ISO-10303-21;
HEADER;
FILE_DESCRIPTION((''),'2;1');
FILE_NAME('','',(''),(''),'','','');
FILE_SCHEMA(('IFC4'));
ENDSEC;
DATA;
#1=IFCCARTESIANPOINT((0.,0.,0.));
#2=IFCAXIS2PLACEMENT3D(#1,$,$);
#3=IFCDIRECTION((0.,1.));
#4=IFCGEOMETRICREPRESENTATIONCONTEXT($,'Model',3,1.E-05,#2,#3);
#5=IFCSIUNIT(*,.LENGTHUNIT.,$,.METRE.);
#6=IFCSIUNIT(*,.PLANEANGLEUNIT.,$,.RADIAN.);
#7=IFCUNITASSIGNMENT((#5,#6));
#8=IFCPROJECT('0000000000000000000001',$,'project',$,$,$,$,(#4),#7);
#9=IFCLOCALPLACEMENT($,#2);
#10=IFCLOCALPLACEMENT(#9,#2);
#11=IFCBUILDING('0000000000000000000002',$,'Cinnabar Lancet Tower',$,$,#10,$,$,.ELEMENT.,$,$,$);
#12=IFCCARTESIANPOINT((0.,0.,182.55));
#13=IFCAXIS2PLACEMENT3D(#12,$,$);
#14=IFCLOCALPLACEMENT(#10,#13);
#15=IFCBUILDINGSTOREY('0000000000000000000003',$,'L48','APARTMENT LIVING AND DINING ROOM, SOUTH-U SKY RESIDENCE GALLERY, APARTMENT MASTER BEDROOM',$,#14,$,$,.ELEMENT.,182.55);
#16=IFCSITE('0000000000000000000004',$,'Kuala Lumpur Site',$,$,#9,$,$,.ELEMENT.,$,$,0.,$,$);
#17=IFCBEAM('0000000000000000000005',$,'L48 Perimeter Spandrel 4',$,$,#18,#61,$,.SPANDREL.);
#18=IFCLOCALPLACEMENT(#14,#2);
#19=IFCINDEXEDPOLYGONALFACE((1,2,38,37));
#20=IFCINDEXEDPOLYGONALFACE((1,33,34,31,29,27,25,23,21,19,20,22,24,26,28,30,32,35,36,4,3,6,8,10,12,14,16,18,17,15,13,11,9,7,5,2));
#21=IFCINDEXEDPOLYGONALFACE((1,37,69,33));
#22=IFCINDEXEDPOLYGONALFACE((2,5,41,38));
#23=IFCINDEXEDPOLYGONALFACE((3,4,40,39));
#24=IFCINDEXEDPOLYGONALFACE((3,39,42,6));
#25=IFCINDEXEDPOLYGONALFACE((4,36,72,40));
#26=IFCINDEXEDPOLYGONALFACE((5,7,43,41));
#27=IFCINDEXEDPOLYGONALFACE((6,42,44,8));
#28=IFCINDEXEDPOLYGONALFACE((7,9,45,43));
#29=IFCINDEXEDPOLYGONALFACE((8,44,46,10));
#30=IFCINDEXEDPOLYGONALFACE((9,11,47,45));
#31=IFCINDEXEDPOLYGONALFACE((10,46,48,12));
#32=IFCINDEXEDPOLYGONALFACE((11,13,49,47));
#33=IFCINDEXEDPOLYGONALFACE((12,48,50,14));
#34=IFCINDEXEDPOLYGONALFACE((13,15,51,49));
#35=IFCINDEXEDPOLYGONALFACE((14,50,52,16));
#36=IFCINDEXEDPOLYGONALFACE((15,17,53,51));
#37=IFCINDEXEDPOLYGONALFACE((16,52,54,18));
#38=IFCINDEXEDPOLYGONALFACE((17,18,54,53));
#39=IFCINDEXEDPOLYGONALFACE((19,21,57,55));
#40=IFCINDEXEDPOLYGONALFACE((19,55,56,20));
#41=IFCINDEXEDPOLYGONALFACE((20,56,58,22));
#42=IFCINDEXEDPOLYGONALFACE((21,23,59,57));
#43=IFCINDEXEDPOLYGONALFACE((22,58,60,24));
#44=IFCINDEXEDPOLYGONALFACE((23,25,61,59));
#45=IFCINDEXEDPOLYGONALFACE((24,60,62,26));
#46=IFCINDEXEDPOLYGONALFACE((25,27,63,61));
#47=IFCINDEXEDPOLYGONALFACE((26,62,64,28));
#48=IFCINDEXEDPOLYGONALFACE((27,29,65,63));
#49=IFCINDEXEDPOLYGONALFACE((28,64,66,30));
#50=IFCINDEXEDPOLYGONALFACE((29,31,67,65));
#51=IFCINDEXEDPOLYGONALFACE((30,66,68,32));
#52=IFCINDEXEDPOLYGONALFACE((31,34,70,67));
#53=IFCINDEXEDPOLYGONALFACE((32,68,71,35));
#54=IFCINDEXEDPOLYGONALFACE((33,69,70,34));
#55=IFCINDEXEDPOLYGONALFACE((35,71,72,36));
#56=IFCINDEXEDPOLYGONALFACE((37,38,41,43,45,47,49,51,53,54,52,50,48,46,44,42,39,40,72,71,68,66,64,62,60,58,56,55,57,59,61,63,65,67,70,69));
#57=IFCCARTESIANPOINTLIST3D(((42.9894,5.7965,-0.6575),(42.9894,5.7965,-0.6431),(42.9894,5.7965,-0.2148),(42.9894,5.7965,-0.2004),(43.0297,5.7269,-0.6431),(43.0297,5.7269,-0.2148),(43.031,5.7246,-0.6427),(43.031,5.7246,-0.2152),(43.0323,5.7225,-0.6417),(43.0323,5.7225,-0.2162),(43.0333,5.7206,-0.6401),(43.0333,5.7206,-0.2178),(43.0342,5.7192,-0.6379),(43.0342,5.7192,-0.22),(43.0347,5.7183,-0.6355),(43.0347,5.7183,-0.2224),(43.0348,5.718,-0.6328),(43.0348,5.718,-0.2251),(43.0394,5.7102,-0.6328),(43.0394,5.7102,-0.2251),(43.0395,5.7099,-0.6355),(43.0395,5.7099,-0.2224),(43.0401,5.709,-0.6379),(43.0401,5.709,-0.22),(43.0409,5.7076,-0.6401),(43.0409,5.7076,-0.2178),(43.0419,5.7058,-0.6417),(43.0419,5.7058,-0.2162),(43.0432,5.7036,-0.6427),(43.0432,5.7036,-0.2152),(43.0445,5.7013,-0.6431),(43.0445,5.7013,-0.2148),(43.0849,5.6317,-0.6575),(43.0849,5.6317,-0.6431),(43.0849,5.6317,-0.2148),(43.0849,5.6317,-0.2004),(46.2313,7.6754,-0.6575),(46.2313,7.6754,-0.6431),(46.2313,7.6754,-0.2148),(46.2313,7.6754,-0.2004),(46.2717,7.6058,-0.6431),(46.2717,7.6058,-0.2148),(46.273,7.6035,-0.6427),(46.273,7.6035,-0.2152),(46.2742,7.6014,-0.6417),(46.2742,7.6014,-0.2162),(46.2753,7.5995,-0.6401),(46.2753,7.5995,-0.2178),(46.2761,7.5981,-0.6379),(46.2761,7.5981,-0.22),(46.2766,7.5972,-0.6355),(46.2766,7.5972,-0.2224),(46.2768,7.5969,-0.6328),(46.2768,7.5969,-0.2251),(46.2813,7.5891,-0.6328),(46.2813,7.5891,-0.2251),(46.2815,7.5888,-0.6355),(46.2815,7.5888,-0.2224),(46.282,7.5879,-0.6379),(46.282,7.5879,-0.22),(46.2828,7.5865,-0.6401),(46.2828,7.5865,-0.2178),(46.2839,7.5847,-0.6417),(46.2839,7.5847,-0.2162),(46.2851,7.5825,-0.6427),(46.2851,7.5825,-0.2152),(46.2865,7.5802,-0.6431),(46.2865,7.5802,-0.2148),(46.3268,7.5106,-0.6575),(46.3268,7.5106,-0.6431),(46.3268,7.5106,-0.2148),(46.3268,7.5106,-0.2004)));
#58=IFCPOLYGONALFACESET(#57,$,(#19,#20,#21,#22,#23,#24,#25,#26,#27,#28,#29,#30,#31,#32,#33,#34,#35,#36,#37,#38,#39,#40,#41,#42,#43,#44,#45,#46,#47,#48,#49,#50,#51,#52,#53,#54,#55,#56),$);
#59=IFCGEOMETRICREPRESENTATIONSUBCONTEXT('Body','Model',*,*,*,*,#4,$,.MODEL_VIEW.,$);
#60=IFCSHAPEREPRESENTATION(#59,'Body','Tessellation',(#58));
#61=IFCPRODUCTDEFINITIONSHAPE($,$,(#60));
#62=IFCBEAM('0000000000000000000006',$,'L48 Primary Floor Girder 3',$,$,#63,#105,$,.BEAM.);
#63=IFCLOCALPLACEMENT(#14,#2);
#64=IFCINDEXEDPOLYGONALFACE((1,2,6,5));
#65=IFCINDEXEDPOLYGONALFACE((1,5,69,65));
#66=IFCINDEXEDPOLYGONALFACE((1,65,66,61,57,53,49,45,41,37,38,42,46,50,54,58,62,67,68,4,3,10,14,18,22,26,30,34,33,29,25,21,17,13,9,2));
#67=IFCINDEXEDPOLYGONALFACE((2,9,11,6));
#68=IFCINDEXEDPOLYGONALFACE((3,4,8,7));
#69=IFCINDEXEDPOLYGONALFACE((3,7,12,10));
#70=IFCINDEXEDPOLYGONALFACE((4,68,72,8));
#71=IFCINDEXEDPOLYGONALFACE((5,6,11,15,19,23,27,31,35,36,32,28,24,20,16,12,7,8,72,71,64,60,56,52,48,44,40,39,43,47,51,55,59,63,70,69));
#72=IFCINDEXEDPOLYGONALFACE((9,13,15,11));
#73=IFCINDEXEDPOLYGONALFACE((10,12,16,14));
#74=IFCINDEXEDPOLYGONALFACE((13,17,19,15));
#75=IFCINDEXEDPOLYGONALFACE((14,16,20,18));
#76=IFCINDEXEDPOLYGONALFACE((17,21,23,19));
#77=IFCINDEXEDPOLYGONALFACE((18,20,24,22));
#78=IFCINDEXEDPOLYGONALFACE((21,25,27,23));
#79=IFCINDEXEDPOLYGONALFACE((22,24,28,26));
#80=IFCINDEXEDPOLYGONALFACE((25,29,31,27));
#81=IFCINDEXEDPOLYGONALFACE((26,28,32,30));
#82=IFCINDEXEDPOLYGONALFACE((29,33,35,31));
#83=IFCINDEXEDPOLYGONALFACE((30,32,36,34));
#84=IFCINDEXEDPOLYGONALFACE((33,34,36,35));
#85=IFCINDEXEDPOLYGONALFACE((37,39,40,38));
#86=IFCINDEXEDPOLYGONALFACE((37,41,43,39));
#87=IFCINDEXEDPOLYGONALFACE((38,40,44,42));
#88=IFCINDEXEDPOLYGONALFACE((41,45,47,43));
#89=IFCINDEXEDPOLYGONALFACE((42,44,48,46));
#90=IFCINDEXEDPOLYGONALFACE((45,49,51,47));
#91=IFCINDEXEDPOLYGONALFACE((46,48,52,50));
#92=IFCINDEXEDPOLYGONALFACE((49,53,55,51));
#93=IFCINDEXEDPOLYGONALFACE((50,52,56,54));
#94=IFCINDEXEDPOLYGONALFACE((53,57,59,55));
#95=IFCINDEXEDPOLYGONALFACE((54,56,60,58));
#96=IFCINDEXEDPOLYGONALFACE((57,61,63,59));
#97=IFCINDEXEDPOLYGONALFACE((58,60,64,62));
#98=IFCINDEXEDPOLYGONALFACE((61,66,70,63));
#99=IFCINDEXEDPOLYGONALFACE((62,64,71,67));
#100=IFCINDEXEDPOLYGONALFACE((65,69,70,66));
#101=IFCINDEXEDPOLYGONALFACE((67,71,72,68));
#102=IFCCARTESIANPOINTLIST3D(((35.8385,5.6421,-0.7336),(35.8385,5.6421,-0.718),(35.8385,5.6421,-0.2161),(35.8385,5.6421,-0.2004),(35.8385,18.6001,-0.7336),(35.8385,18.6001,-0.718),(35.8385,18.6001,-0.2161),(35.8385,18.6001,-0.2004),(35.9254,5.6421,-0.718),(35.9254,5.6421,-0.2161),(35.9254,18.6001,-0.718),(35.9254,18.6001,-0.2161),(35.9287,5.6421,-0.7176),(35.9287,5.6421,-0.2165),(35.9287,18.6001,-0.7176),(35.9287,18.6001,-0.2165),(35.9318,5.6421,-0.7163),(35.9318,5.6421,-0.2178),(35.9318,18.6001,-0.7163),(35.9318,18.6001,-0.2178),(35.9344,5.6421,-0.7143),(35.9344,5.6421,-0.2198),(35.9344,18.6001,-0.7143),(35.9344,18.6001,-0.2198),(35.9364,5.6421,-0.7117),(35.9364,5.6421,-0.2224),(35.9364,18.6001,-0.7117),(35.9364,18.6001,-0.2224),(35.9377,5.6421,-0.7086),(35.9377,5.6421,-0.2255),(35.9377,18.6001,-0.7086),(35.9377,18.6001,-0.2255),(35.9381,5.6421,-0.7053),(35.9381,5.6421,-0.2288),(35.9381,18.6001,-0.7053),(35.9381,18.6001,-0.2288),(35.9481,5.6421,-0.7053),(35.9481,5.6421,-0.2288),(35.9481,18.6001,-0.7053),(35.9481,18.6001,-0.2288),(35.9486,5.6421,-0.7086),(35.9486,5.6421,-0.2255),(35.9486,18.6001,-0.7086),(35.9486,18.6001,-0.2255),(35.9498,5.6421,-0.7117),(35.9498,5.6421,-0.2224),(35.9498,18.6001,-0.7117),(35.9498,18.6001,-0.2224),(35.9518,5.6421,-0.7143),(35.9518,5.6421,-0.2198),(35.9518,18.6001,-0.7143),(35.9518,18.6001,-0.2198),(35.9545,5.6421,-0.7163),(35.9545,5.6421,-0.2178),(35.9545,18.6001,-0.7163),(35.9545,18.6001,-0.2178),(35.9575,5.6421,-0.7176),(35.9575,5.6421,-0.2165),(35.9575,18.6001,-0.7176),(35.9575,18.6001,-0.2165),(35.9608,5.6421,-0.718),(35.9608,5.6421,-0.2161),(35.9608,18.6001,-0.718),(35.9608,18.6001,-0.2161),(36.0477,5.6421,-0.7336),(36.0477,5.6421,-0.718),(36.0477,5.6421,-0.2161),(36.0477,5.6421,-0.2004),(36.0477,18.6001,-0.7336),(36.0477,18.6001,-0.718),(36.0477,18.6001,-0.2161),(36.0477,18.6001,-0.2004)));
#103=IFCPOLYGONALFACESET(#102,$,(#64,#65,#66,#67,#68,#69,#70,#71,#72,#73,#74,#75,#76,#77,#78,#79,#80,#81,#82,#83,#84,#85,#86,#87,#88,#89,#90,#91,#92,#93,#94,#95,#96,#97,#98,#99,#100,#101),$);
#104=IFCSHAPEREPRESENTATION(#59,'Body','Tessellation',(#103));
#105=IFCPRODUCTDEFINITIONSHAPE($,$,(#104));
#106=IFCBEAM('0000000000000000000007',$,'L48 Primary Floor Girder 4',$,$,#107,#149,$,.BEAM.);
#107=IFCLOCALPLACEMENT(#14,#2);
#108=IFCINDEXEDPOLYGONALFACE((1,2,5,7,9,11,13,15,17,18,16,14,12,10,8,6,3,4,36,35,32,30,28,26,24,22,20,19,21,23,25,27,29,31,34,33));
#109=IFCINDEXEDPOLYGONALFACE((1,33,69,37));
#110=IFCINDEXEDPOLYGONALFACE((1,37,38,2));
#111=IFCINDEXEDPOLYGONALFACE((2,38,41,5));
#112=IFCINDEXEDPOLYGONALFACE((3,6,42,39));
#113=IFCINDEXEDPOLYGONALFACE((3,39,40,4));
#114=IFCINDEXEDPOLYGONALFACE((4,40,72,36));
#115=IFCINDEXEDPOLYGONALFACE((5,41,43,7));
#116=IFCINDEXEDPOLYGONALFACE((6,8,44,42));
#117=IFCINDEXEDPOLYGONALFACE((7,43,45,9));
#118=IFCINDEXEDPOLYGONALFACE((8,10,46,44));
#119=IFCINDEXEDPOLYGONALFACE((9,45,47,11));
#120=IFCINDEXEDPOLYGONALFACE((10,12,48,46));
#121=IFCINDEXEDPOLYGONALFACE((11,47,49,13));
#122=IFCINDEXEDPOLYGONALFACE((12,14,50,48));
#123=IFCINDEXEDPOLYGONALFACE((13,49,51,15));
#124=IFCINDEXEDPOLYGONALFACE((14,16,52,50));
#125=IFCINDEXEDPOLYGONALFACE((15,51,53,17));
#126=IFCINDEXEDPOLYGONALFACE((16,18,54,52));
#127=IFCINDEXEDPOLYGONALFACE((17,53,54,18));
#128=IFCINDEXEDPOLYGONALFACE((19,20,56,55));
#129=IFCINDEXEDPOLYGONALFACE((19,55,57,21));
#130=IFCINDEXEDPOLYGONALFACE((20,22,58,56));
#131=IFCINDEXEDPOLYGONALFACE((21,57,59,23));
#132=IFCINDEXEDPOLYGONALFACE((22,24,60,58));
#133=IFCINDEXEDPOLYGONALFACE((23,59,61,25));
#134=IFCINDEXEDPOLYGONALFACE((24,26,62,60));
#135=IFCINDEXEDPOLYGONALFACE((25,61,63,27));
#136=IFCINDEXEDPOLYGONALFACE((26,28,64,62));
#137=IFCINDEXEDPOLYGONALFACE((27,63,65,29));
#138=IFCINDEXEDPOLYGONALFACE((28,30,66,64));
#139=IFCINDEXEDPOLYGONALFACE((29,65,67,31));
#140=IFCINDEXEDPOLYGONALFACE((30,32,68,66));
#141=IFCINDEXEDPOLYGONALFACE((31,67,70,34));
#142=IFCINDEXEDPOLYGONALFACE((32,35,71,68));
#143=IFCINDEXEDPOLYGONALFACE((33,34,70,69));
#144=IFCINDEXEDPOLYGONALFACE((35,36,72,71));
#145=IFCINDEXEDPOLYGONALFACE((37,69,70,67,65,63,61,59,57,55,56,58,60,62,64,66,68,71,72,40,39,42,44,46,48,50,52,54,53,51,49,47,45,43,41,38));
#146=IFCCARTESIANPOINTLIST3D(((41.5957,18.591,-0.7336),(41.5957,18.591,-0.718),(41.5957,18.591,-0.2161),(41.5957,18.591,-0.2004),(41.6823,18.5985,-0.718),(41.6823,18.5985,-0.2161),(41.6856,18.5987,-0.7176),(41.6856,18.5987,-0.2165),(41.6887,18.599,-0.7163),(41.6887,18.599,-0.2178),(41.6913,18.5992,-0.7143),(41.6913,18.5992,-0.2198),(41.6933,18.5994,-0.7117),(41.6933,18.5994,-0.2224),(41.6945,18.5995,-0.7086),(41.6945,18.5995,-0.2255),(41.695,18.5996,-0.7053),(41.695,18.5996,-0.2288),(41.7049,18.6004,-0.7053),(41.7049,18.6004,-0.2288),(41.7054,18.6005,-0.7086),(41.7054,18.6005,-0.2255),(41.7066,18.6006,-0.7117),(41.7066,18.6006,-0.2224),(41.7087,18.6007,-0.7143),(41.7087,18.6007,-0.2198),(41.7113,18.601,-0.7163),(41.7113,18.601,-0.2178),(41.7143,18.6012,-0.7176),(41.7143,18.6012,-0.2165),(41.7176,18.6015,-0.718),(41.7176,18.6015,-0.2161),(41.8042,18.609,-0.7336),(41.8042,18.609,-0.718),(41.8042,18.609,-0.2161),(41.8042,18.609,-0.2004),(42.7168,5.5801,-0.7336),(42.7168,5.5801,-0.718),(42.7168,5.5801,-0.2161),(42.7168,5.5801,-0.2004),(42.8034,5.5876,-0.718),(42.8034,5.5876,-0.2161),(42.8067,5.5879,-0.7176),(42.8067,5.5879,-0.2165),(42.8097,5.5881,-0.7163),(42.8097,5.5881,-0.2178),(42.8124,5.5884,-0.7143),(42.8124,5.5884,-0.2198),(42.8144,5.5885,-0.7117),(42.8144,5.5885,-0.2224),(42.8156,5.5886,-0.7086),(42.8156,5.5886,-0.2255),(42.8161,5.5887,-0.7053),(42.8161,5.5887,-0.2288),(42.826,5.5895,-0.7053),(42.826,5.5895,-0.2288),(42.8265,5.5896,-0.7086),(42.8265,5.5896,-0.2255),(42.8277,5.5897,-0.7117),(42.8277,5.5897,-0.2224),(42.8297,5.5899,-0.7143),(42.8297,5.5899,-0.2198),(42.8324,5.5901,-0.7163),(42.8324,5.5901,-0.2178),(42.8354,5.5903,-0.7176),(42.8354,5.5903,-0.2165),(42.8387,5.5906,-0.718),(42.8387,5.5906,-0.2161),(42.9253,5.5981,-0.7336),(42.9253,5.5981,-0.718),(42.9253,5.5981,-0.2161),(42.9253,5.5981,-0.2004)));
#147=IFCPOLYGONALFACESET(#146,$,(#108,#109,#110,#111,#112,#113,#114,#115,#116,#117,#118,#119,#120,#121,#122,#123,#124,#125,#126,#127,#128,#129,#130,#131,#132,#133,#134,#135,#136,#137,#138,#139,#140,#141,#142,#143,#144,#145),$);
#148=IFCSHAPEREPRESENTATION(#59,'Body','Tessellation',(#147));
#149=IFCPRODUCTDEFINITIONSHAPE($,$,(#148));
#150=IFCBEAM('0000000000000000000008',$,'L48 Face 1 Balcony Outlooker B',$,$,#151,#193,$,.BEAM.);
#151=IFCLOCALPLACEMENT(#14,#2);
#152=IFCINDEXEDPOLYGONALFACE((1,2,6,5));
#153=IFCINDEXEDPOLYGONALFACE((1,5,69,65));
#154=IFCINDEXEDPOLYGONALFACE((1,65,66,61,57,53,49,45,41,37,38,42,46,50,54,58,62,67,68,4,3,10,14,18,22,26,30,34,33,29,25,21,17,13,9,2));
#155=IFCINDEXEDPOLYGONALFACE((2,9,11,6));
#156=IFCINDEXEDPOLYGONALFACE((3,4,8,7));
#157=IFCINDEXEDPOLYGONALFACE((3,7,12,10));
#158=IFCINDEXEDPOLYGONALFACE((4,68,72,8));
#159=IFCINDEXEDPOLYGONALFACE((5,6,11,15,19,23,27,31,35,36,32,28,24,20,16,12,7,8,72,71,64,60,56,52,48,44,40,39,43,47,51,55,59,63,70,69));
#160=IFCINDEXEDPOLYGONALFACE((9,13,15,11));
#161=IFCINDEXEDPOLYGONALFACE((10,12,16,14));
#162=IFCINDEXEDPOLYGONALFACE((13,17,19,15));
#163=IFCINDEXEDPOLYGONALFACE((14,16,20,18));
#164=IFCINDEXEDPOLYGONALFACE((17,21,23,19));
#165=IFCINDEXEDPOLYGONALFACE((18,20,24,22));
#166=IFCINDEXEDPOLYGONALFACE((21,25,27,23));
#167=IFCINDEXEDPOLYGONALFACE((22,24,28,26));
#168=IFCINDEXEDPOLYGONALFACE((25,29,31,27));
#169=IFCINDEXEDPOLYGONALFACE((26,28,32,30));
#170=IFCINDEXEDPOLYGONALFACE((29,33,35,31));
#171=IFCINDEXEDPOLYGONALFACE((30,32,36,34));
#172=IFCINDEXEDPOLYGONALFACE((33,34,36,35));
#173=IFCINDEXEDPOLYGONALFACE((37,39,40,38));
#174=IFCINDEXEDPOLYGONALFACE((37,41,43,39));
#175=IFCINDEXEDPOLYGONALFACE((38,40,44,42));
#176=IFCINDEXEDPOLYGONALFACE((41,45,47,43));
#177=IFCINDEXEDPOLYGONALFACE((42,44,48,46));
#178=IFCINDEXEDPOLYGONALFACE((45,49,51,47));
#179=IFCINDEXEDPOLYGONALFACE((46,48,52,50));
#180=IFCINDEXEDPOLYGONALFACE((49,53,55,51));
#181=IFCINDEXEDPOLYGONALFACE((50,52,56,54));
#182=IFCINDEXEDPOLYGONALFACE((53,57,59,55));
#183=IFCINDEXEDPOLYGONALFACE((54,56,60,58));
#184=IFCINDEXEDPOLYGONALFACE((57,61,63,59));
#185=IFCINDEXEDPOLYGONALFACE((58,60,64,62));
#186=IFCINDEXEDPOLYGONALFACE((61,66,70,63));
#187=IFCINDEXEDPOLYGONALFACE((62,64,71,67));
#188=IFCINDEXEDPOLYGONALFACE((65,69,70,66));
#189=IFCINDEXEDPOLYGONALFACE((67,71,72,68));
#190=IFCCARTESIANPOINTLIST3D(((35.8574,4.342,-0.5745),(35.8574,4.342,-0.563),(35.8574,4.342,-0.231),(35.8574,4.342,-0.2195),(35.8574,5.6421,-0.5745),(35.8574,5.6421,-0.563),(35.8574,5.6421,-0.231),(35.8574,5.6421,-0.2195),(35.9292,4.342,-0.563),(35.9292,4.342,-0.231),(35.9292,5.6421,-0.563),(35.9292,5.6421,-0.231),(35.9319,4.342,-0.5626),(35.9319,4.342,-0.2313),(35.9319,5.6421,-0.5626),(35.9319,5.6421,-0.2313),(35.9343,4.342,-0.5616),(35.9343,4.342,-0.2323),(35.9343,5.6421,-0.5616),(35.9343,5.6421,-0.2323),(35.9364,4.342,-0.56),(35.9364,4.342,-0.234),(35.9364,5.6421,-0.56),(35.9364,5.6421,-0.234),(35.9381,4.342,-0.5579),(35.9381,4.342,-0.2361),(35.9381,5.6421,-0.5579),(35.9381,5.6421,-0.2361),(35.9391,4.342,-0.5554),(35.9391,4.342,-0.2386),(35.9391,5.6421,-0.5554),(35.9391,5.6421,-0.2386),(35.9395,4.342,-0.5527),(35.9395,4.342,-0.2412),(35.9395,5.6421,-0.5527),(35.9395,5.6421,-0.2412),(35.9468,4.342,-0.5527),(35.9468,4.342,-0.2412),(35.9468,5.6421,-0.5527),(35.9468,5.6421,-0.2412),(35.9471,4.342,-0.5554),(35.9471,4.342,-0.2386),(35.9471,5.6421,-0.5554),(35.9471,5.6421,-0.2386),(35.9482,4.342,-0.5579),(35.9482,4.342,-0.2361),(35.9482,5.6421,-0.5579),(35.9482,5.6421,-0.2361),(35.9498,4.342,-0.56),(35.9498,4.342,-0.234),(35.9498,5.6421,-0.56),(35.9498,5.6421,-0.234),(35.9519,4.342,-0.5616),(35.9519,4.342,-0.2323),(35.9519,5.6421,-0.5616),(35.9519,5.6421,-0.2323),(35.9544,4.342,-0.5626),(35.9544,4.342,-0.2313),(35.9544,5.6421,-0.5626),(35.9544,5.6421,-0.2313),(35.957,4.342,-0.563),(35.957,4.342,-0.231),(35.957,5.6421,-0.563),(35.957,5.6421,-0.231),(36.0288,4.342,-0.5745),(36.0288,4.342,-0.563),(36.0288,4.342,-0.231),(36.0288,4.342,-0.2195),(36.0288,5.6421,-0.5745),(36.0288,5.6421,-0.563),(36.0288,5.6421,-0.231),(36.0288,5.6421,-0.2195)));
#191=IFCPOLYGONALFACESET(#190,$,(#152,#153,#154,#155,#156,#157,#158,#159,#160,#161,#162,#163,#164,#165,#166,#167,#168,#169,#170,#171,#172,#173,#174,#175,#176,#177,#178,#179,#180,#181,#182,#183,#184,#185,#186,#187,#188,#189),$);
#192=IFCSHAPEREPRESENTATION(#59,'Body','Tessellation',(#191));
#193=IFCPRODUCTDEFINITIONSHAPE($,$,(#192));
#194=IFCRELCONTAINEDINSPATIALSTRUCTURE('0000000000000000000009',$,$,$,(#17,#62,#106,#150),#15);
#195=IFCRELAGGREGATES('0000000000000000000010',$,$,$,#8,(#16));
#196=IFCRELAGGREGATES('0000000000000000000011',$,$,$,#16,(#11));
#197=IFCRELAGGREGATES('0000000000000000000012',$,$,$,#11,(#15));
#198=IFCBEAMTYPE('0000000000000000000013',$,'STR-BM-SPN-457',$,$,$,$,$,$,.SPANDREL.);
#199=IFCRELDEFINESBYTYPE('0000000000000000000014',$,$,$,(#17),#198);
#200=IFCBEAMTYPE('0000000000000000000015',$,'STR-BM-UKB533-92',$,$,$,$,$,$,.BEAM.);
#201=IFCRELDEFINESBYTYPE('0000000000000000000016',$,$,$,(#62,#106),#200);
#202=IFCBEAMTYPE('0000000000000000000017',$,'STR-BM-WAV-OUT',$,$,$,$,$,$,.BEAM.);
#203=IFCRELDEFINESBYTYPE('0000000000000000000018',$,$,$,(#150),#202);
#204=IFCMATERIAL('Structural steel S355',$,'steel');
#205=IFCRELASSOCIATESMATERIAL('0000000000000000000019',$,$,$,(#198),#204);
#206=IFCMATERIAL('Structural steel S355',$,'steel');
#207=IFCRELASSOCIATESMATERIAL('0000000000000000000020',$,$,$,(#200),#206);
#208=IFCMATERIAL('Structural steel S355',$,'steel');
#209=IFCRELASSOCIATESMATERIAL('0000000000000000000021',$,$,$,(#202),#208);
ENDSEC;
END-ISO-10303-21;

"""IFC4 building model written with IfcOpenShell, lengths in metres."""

from ifc_helpers import new_model, si_unit, direction, frame, origin, origin_2d, place, context, subcontext, project, spatial, i_section, extrude, material, material_profile, profile_set, type_object, element, save


model = new_model("IFC4")

# Units and contexts
model_context = context("Model", 3, precision=1e-05, world=origin(), true_north=direction((0.0, 1.0)))
body_context = subcontext(model_context, "Body", "Model", "MODEL_VIEW")
ifc_project = project(units=[si_unit("LENGTHUNIT", "METRE"), si_unit("PLANEANGLEUNIT", "RADIAN")], contexts=[model_context])

# Site, building, storey
site_placement = place(None, origin())
site = spatial("IfcSite", under=ifc_project, at=site_placement, Name="Kuala Lumpur Site", CompositionType="ELEMENT", RefElevation=0.0)
building_placement = place(site_placement, origin())
building = spatial("IfcBuilding", under=site, at=building_placement, Name="Cinnabar Lancet Tower", CompositionType="ELEMENT")
storey_placement = place(building_placement, frame((0.0, 0.0, 182.55)))
storey = spatial("IfcBuildingStorey", under=building, at=storey_placement, Name="L48", Description="APARTMENT LIVING AND DINING ROOM, SOUTH-U SKY RESIDENCE GALLERY, APARTMENT MASTER BEDROOM", CompositionType="ELEMENT", Elevation=182.55)

# Beams
ifc_material_1 = material(Name="Structural steel S355", Category="steel")
ifc_material_profile_1 = material_profile(ifc_material_1, i_section(OverallWidth=0.1904, OverallDepth=0.457, WebThickness=0.009, FlangeThickness=0.0144, FilletRadius=0.0103, at=origin_2d()), Name="UKB 457x191x74")
ifc_profile_set_1 = profile_set([ifc_material_profile_1], Name="Structural steel S355")
beam_type_1 = type_object("IfcBeamType", Name="STR-BM-SPN-457", PredefinedType="SPANDREL", material=ifc_profile_set_1)
beam_1_placement = place(storey_placement, frame((43.0371, 5.7141, -0.429), z_axis=(0.865196, 0.501434, 0.0), x_axis=(-0.501434, 0.865196, 0.0)))
element("IfcBeam", 1, at=beam_1_placement, inside=storey, type_object=beam_type_1, Name="L48 Perimeter Spandrel 4", PredefinedType="SPANDREL", context=body_context, shape_type="SweptSolid", body=[
    extrude(i_section(OverallWidth=0.1904, OverallDepth=0.457, WebThickness=0.009, FlangeThickness=0.0144, FilletRadius=0.0103, at=origin_2d()), origin(), (0.0, 0.0, 1.0), 3.7471),
])
ifc_material_2 = material(Name="Structural steel S355", Category="steel")
ifc_material_profile_2 = material_profile(ifc_material_2, i_section(OverallWidth=0.2092, OverallDepth=0.5332, WebThickness=0.01, FlangeThickness=0.0156, FilletRadius=0.0127, at=origin_2d()), Name="UKB 533x210x92")
ifc_profile_set_2 = profile_set([ifc_material_profile_2], Name="Structural steel S355")
beam_type_2 = type_object("IfcBeamType", Name="STR-BM-UKB533-92", PredefinedType="BEAM", material=ifc_profile_set_2)
beam_2_placement = place(storey_placement, frame((35.9431, 5.6421, -0.467), z_axis=(0.0, 1.0, 0.0), x_axis=(-1.0, 0.0, 0.0)))
element("IfcBeam", 2, at=beam_2_placement, inside=storey, type_object=beam_type_2, Name="L48 Primary Floor Girder 3", PredefinedType="BEAM", context=body_context, shape_type="SweptSolid", body=[
    extrude(i_section(OverallWidth=0.2092, OverallDepth=0.5332, WebThickness=0.01, FlangeThickness=0.0156, FilletRadius=0.0127, at=origin_2d()), origin(), (0.0, 0.0, 1.0), 12.958),
])
beam_3_placement = place(storey_placement, frame((42.821, 5.5891, -0.467), z_axis=(-0.085847, 0.996308, 0.0), x_axis=(-0.996308, -0.085847, 0.0)))
element("IfcBeam", 3, at=beam_3_placement, inside=storey, type_object=beam_type_2, Name="L48 Primary Floor Girder 4", PredefinedType="BEAM", context=body_context, shape_type="SweptSolid", body=[
    extrude(i_section(OverallWidth=0.2092, OverallDepth=0.5332, WebThickness=0.01, FlangeThickness=0.0156, FilletRadius=0.0127, at=origin_2d()), origin(), (0.0, 0.0, 1.0), 13.0591),
])
ifc_material_3 = material(Name="Structural steel S355", Category="steel")
ifc_material_profile_3 = material_profile(ifc_material_3, i_section(OverallWidth=0.1714, OverallDepth=0.355, WebThickness=0.0073, FlangeThickness=0.0115, FilletRadius=0.0103, at=origin_2d()), Name="UKB 356x171x51")
ifc_profile_set_3 = profile_set([ifc_material_profile_3], Name="Structural steel S355")
beam_type_3 = type_object("IfcBeamType", Name="STR-BM-WAV-OUT", PredefinedType="BEAM", material=ifc_profile_set_3)
beam_4_placement = place(storey_placement, frame((35.9431, 5.6421, -0.397), z_axis=(0.0, -1.0, 0.0), x_axis=(1.0, 0.0, 0.0)))
element("IfcBeam", 4, at=beam_4_placement, inside=storey, type_object=beam_type_3, Name="L48 Face 1 Balcony Outlooker B", PredefinedType="BEAM", context=body_context, shape_type="SweptSolid", body=[
    extrude(i_section(OverallWidth=0.1714, OverallDepth=0.355, WebThickness=0.0073, FlangeThickness=0.0115, FilletRadius=0.0103, at=origin_2d()), origin(), (0.0, 0.0, 1.0), 1.3),
])

save(model, "model.ifc")
